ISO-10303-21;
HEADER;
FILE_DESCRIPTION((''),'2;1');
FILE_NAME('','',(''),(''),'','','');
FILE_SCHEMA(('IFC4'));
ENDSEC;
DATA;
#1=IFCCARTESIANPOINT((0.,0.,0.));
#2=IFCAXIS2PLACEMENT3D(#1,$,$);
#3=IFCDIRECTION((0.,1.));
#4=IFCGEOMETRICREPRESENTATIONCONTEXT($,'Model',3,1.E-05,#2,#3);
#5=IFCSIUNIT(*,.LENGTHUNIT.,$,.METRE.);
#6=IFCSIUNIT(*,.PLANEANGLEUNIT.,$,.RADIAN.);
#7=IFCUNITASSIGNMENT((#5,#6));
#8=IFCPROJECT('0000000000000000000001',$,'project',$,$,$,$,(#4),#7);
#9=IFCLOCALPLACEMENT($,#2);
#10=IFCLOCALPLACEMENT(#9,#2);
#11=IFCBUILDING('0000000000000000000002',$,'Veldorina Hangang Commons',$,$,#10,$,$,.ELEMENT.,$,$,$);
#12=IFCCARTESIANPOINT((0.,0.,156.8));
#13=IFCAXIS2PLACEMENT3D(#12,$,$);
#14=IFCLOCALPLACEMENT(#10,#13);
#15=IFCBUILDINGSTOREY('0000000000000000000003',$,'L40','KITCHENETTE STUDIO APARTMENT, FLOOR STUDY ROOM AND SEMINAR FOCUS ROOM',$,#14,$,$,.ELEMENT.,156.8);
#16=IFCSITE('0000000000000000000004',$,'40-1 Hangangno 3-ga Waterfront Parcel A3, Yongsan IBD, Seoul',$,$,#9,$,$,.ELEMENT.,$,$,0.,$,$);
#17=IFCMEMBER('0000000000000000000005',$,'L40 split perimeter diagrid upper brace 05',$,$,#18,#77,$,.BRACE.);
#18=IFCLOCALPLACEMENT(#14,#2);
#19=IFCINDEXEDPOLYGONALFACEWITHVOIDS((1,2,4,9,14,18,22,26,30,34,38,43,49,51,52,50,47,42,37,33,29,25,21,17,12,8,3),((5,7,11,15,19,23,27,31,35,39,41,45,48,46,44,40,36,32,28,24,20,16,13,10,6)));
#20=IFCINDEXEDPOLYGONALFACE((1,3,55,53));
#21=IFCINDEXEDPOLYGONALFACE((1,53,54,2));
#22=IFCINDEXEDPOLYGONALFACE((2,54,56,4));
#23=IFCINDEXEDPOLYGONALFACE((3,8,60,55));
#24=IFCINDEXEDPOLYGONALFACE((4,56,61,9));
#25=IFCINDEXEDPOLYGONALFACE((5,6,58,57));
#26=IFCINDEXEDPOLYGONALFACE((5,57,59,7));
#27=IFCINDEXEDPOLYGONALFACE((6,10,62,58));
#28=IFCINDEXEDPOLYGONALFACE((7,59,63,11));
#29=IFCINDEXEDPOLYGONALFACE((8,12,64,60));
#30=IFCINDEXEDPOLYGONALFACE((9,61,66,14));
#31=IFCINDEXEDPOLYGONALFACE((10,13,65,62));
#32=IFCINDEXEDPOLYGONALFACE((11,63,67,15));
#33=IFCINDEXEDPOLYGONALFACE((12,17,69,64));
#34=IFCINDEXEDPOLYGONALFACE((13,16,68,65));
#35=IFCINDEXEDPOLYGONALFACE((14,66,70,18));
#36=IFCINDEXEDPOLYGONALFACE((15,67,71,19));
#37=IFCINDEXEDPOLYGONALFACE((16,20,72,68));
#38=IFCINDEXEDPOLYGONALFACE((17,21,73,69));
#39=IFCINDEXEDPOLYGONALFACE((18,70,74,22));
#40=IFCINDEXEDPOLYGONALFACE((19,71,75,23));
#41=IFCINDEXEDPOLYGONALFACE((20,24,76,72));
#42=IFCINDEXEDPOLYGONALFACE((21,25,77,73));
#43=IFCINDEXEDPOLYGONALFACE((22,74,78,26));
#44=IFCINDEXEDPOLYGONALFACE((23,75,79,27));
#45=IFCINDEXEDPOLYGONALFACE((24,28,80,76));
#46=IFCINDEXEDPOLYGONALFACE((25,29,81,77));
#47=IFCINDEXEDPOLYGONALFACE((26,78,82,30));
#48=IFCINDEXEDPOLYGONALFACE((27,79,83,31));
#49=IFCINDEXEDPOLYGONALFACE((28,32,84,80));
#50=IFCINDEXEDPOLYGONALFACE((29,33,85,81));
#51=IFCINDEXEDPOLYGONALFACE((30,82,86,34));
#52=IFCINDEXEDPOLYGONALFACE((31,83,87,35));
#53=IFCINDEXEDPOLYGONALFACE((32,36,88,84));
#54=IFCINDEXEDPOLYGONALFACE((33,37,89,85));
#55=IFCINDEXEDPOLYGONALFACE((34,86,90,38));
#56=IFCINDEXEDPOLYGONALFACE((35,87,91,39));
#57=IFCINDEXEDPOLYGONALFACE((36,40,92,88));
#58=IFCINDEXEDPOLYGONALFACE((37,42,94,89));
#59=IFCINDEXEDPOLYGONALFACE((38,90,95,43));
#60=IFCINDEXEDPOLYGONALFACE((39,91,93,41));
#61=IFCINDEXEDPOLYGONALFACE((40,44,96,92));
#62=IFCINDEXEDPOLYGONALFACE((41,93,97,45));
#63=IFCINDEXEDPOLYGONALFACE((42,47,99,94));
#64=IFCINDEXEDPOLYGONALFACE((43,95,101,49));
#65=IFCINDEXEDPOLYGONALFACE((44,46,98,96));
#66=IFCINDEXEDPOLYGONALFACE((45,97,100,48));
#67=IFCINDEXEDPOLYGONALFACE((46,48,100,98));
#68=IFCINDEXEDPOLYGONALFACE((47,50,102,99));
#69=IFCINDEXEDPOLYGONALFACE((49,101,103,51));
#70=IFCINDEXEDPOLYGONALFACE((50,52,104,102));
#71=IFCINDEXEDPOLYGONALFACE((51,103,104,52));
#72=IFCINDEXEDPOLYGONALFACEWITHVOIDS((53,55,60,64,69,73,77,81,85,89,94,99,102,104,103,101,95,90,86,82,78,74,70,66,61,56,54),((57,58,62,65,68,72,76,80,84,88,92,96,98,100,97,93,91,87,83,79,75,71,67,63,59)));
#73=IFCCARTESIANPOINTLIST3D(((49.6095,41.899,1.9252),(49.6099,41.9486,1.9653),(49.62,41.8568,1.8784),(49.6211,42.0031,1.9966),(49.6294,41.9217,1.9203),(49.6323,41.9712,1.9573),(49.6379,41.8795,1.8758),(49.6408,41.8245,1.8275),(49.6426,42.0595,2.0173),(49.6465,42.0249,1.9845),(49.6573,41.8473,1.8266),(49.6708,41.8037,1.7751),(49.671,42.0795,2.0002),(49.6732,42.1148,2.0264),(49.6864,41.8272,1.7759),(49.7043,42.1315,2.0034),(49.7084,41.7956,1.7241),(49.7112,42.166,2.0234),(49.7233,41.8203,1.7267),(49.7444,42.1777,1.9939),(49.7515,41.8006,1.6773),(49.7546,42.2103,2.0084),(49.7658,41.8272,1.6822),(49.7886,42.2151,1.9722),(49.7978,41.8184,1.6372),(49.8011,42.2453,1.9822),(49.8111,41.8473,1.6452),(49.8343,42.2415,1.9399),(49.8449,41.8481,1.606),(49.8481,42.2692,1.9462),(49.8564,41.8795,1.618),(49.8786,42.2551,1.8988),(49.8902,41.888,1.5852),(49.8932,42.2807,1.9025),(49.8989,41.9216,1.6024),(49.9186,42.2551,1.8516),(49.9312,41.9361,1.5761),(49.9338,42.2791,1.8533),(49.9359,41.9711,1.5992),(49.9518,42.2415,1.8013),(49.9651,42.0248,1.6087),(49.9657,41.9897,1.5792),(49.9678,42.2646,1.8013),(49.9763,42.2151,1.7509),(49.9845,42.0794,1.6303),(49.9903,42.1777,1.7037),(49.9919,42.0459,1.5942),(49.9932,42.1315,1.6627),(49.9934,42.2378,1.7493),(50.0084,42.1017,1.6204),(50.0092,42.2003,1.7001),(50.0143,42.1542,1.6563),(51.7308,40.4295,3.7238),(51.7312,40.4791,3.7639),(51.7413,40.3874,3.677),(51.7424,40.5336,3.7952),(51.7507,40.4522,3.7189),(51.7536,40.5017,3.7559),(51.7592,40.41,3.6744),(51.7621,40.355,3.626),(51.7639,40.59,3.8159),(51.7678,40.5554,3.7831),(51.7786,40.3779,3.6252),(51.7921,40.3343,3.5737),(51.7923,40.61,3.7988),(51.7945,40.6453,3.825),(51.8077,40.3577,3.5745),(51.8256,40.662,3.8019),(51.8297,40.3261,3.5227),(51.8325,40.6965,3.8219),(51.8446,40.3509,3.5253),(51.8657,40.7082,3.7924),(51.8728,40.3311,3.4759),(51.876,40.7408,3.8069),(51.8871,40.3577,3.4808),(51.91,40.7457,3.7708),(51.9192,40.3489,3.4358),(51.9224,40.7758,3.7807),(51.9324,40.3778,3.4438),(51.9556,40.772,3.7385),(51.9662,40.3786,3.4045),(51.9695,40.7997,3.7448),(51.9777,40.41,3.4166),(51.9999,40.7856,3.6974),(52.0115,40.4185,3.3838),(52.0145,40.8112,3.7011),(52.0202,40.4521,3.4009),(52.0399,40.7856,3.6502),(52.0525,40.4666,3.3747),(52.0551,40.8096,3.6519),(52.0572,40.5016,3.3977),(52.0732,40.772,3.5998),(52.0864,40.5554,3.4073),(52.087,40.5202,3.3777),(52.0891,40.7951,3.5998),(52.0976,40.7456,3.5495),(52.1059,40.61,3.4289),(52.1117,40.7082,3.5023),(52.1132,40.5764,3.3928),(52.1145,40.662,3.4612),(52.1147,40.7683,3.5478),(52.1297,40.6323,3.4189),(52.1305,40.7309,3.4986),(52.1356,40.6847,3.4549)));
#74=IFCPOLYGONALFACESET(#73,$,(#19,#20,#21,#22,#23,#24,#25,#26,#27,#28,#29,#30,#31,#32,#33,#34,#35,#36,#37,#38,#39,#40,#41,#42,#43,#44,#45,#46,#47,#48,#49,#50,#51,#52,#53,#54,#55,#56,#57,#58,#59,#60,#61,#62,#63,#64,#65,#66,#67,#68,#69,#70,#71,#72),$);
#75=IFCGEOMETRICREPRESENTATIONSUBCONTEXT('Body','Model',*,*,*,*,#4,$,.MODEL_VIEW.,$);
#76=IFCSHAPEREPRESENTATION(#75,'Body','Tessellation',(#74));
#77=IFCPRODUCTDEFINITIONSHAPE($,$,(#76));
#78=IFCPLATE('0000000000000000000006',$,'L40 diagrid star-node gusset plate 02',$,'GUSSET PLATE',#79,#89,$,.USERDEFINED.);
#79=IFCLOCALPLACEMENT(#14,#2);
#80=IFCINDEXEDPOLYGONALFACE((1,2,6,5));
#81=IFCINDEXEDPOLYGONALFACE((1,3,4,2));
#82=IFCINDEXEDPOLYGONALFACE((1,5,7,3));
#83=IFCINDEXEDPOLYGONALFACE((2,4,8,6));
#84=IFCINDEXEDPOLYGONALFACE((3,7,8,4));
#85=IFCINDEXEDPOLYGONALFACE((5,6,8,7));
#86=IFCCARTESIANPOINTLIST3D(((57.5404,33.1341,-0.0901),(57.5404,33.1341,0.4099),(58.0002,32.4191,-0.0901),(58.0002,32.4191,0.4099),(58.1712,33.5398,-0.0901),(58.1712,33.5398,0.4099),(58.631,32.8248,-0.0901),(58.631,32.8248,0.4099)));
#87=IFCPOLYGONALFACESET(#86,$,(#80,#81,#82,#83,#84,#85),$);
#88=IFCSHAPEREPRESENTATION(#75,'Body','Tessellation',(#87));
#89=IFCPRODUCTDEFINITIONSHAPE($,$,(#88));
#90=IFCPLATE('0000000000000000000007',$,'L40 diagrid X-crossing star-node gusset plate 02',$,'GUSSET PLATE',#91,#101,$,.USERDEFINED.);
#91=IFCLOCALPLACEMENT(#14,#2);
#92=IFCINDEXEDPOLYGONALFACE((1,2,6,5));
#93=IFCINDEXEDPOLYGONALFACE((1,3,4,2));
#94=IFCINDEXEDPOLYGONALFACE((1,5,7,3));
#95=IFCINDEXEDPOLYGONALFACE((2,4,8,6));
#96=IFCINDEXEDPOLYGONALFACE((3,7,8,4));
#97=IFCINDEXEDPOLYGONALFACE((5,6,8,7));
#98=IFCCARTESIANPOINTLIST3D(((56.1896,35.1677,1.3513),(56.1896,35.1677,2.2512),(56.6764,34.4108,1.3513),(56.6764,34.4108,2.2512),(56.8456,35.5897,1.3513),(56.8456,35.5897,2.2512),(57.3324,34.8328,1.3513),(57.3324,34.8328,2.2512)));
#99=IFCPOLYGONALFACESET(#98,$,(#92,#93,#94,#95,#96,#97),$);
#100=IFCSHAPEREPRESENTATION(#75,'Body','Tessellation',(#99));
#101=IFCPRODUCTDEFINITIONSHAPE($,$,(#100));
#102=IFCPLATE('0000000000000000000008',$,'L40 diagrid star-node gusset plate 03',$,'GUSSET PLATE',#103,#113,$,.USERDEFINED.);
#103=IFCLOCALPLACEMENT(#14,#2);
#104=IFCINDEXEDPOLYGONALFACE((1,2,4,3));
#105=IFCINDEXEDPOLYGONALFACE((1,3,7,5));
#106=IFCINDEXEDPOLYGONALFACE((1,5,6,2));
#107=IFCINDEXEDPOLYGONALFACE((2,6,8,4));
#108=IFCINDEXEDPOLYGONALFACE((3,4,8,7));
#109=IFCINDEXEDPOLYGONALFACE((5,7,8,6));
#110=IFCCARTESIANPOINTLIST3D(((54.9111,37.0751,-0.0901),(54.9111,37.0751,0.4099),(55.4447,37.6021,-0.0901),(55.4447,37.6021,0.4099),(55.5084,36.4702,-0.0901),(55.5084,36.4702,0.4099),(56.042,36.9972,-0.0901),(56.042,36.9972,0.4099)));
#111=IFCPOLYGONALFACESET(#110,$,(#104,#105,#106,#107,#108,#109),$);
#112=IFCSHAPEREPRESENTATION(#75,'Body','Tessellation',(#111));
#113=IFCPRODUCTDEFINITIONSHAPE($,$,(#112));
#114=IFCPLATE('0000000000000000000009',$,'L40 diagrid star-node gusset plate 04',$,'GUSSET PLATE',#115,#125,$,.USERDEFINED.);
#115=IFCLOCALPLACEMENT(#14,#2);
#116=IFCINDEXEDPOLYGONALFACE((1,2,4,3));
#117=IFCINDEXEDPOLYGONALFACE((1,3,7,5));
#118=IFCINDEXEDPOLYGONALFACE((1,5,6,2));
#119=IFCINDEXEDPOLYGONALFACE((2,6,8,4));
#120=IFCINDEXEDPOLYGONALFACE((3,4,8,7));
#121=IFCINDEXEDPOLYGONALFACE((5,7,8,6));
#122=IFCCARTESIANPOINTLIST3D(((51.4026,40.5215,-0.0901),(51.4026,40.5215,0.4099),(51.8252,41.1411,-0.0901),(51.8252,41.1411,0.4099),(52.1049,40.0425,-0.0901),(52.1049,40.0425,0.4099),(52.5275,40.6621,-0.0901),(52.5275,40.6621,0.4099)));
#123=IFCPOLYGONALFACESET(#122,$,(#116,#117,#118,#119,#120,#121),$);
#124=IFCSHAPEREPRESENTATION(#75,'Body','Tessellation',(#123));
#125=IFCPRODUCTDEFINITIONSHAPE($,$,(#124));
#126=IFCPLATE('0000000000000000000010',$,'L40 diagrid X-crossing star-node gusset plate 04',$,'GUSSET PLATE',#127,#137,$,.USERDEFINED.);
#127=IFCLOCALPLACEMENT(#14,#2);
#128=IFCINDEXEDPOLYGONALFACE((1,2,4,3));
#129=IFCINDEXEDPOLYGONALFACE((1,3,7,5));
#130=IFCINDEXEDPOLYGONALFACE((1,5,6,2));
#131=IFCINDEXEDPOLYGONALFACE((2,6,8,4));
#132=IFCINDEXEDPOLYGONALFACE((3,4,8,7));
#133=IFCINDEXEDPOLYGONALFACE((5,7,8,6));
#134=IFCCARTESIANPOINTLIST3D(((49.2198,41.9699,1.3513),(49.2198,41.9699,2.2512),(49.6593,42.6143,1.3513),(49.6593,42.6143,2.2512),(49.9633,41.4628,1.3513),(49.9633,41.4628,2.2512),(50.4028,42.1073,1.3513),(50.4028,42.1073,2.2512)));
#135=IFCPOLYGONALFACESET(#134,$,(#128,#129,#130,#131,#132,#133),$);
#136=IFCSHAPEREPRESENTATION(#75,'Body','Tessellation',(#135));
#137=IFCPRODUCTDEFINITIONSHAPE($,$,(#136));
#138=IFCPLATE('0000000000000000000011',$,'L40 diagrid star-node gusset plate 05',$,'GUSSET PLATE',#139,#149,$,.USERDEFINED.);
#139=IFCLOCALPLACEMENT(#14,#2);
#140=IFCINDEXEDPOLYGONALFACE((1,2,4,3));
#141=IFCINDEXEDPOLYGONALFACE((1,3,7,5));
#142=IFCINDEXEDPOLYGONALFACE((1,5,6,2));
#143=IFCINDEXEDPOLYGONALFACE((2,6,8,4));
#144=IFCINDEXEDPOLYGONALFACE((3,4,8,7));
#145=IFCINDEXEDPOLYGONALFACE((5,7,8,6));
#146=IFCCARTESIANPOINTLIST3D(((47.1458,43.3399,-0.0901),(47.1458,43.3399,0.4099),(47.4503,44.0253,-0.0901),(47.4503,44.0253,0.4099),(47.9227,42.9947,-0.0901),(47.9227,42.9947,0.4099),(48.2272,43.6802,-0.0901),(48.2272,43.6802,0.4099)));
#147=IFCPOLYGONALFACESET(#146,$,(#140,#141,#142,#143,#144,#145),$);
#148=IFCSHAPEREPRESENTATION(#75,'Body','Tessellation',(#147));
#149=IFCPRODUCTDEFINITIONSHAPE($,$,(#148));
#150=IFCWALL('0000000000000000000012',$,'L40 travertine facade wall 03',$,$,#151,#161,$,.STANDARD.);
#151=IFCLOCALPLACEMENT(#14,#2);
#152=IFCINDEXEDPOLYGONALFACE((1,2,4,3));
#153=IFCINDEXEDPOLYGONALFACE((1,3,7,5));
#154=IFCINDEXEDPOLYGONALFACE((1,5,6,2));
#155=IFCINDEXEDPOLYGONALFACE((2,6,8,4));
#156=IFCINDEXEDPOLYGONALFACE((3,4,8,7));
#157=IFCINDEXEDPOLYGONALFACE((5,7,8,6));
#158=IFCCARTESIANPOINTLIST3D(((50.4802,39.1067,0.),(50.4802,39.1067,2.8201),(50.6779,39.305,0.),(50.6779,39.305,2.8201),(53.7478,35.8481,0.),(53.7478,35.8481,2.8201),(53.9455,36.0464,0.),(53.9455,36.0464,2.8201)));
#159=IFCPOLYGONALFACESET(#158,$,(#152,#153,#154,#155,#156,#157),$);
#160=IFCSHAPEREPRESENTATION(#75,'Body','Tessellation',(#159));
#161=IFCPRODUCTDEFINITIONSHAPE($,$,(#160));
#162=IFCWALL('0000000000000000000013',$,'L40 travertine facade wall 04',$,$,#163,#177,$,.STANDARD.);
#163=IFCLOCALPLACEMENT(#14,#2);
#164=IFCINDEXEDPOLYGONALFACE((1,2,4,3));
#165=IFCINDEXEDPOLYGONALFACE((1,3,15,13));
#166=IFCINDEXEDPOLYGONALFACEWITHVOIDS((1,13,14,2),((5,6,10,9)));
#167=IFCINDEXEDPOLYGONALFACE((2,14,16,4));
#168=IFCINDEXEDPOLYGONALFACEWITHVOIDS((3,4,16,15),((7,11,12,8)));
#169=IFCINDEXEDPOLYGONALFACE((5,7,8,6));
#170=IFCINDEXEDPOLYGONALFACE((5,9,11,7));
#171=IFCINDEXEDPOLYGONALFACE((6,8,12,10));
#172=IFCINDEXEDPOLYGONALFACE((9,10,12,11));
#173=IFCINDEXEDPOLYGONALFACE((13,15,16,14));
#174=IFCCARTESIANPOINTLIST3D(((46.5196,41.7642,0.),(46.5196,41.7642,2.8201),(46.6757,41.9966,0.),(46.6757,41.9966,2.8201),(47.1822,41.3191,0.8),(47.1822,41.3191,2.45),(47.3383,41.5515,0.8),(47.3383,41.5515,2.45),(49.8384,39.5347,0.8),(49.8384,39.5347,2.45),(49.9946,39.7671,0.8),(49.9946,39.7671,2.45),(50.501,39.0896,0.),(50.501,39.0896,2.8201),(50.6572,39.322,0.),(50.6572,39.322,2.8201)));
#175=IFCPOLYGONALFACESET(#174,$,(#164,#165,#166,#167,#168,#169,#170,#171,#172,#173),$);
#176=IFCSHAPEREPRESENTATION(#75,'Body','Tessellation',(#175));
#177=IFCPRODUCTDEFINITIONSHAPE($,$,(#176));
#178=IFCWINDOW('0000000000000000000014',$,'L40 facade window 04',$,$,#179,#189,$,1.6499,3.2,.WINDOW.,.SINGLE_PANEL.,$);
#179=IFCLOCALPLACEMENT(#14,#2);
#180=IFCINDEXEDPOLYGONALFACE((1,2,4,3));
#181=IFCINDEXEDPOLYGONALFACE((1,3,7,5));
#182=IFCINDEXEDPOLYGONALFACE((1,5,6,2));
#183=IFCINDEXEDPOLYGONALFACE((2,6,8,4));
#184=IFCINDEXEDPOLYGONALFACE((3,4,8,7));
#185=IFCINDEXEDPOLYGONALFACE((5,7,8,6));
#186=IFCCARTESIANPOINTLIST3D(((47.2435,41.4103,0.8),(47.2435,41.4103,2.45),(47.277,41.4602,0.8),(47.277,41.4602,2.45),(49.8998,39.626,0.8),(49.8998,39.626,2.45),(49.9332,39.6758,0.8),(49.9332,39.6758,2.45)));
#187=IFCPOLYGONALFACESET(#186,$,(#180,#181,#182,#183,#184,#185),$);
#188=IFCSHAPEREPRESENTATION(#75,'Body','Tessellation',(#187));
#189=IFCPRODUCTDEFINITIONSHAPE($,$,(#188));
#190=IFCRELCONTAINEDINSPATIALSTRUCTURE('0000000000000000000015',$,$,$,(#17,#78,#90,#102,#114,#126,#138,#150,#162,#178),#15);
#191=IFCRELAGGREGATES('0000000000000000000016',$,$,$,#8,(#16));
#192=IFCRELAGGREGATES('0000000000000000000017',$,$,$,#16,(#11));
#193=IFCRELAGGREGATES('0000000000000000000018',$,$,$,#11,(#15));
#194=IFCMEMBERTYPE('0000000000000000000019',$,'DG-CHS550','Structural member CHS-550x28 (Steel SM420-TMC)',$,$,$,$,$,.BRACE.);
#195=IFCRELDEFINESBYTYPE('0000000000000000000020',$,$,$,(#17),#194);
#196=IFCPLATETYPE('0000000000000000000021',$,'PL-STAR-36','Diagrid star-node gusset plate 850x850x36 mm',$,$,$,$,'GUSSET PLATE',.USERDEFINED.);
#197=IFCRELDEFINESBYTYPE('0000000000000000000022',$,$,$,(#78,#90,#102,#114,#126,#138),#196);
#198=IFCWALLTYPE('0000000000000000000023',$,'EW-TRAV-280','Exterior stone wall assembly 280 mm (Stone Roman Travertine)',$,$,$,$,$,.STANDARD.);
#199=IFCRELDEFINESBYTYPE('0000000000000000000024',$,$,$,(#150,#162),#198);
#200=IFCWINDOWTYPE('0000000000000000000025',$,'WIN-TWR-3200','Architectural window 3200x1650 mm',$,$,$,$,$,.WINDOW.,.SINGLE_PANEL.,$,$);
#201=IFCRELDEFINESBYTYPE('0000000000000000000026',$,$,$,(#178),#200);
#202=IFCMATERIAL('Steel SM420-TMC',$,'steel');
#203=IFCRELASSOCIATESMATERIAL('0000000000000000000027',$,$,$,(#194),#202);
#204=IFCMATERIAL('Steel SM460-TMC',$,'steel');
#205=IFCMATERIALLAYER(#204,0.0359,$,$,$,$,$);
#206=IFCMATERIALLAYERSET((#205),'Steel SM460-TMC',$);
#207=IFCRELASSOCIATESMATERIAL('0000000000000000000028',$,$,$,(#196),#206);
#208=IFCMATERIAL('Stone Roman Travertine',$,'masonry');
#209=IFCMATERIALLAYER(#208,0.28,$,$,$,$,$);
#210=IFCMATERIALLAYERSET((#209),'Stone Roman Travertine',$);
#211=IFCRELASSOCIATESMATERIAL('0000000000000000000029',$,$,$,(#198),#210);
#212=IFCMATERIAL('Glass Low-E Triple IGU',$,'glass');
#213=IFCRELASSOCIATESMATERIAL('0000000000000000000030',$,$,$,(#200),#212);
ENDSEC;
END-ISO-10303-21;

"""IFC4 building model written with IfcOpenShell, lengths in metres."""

from ifc_helpers import new_model, si_unit, direction, frame, frame_2d, origin, origin_2d, place, context, subcontext, project, spatial, rectangle, hollow_circle, extrude, material, layer, layer_set, material_profile, profile_set, type_object, element, fill, save


model = new_model("IFC4")

# Units and contexts
model_context = context("Model", 3, precision=1e-05, world=origin(), true_north=direction((0.0, 1.0)))
body_context = subcontext(model_context, "Body", "Model", "MODEL_VIEW")
ifc_project = project(units=[si_unit("LENGTHUNIT", "METRE"), si_unit("PLANEANGLEUNIT", "RADIAN")], contexts=[model_context])

# Site, building, storey
site_placement = place(None, origin())
site = spatial("IfcSite", under=ifc_project, at=site_placement, Name="40-1 Hangangno 3-ga Waterfront Parcel A3, Yongsan IBD, Seoul", CompositionType="ELEMENT", RefElevation=0.0)
building_placement = place(site_placement, origin())
building = spatial("IfcBuilding", under=site, at=building_placement, Name="Veldorina Hangang Commons", CompositionType="ELEMENT")
storey_placement = place(building_placement, frame((0.0, 0.0, 156.8)))
storey = spatial("IfcBuildingStorey", under=building, at=storey_placement, Name="L40", Description="KITCHENETTE STUDIO APARTMENT, FLOOR STUDY ROOM AND SEMINAR FOCUS ROOM", CompositionType="ELEMENT", Elevation=156.8)

# Shared definitions
ifc_material_1 = material(Name="Steel SM420-TMC", Category="steel")

# Member
ifc_material_profile_1 = material_profile(ifc_material_1, hollow_circle(Radius=0.2749, WallThickness=0.0281, at=origin_2d()), Name="CHS-550x28")
ifc_profile_set_1 = profile_set([ifc_material_profile_1], Name="Steel SM420-TMC")
member_type = type_object("IfcMemberType", Name="DG-CHS550", Description="Structural member CHS-550x28 (Steel SM420-TMC)", PredefinedType="BRACE", material=ifc_profile_set_1)
member_1_placement = place(storey_placement, frame((49.8113, 42.0386, 1.8013), z_axis=(0.674398, -0.467165, 0.57179), x_axis=(0.569436, 0.822035, 0.0)))
element("IfcMember", 1, at=member_1_placement, inside=storey, type_object=member_type, Name="L40 split perimeter diagrid upper brace 05", PredefinedType="BRACE", context=body_context, shape_type="SweptSolid", body=[
    extrude(hollow_circle(Radius=0.2749, WallThickness=0.0281, at=origin_2d()), origin(), (0.0, 0.0, 1.0), 3.1455),
])

# Plates
ifc_material_2 = material(Name="Steel SM460-TMC", Category="steel")
ifc_layer_1 = layer(ifc_material_2, 0.0359)
ifc_layer_set_1 = layer_set([ifc_layer_1], Name="Steel SM460-TMC")
plate_type = type_object("IfcPlateType", Name="PL-STAR-36", Description="Diagrid star-node gusset plate 850x850x36 mm", ElementType="GUSSET PLATE", PredefinedType="USERDEFINED", material=ifc_layer_set_1)
plate_1_placement = place(storey_placement, frame((58.0857, 32.9795, -0.0901), z_axis=(0.0, 0.0, 1.0), x_axis=(-0.54093, 0.841067, 0.0)))
element("IfcPlate", 2, at=plate_1_placement, inside=storey, type_object=plate_type, Name="L40 diagrid star-node gusset plate 02", ObjectType="GUSSET PLATE", PredefinedType="USERDEFINED", context=body_context, shape_type="SweptSolid", body=[
    extrude(rectangle(XDim=0.8501, YDim=0.75, at=origin_2d()), origin(), (0.0, 0.0, 1.0), 0.5),
])
plate_2_placement = place(storey_placement, frame((56.761, 35.0002, 1.3513), z_axis=(0.0, 0.0, 1.0), x_axis=(-0.54093, 0.841067, 0.0)))
element("IfcPlate", 3, at=plate_2_placement, inside=storey, type_object=plate_type, Name="L40 diagrid X-crossing star-node gusset plate 02", ObjectType="GUSSET PLATE", PredefinedType="USERDEFINED", context=body_context, shape_type="SweptSolid", body=[
    extrude(rectangle(XDim=0.8999, YDim=0.78, at=origin_2d()), origin(), (0.0, 0.0, 1.0), 0.8999),
])
for number, where, z_axis, x_axis, name in (
    (4, (55.4766, 37.0361, -0.0901), (0.0, 0.0, 1.0), (-0.702662, 0.711523, 0.0), "L40 diagrid star-node gusset plate 03"),
    (5, (51.9651, 40.5918, -0.0901), (0.0, 0.0, 1.0), (-0.826147, 0.563454, 0.0), "L40 diagrid star-node gusset plate 04"),
):
    element("IfcPlate", number, at=place(storey_placement, frame(where, z_axis=z_axis, x_axis=x_axis)), inside=storey, type_object=plate_type, Name=name, ObjectType="GUSSET PLATE", PredefinedType="USERDEFINED", context=body_context, shape_type="SweptSolid", body=[
        extrude(rectangle(XDim=0.8501, YDim=0.75, at=origin_2d()), origin(), (0.0, 0.0, 1.0), 0.5),
    ])
plate_3_placement = place(storey_placement, frame((49.8113, 42.0386, 1.3513), z_axis=(0.0, 0.0, 1.0), x_axis=(-0.826147, 0.563454, 0.0)))
element("IfcPlate", 6, at=plate_3_placement, inside=storey, type_object=plate_type, Name="L40 diagrid X-crossing star-node gusset plate 04", ObjectType="GUSSET PLATE", PredefinedType="USERDEFINED", context=body_context, shape_type="SweptSolid", body=[
    extrude(rectangle(XDim=0.8999, YDim=0.78, at=origin_2d()), origin(), (0.0, 0.0, 1.0), 0.8999),
])
plate_4_placement = place(storey_placement, frame((47.6865, 43.51, -0.0901), z_axis=(0.0, 0.0, 1.0), x_axis=(-0.913893, 0.405955, 0.0)))
element("IfcPlate", 7, at=plate_4_placement, inside=storey, type_object=plate_type, Name="L40 diagrid star-node gusset plate 05", ObjectType="GUSSET PLATE", PredefinedType="USERDEFINED", context=body_context, shape_type="SweptSolid", body=[
    extrude(rectangle(XDim=0.8501, YDim=0.75, at=origin_2d()), origin(), (0.0, 0.0, 1.0), 0.5),
])

# Wall
ifc_material_3 = material(Name="Stone Roman Travertine", Category="masonry")
ifc_layer_2 = layer(ifc_material_3, 0.28)
ifc_layer_set_2 = layer_set([ifc_layer_2], Name="Stone Roman Travertine")
wall_type_1 = type_object("IfcWallType", Name="EW-TRAV-280", Description="Exterior stone wall assembly 280 mm (Stone Roman Travertine)", PredefinedType="STANDARD", material=ifc_layer_set_2)
wall_1_placement = place(storey_placement, frame((53.8467, 35.9473, 0.0), z_axis=(0.0, 0.0, 1.0), x_axis=(-0.708085, 0.706127, 0.0)))
element("IfcWall", 8, at=wall_1_placement, inside=storey, type_object=wall_type_1, Name="L40 travertine facade wall 03", PredefinedType="STANDARD", context=body_context, shape_type="SweptSolid", body=[
    extrude(rectangle(XDim=4.6147, YDim=0.28, at=frame_2d((2.3074, 0.0))), origin(), (0.0, 0.0, 1.0), 2.8201),
])

# Wall, opening, window
wall_2_placement = place(storey_placement, frame((50.5791, 39.2058, 0.0), z_axis=(0.0, 0.0, 1.0), x_axis=(-0.830095, 0.557622, 0.0)))
wall_2 = element("IfcWall", 9, at=wall_2_placement, inside=storey, type_object=wall_type_1, Name="L40 travertine facade wall 04", PredefinedType="STANDARD", context=body_context, shape_type="SweptSolid", body=[
    extrude(rectangle(XDim=4.7964, YDim=0.28, at=frame_2d((2.3982, 0.0))), origin(), (0.0, 0.0, 1.0), 2.8201),
])
opening_1_placement = place(wall_2_placement, frame((0.7981, 0.0, 0.8)))
opening_1 = element("IfcOpeningElement", 10, at=opening_1_placement, cuts=wall_2, PredefinedType="OPENING", context=body_context, shape_type="SweptSolid", body=[
    extrude(rectangle(XDim=3.2, YDim=1.6499, at=frame_2d((1.6001, 0.825))), frame((0.0, 0.1499, 0.0), z_axis=(0.0, -1.0, 0.0), x_axis=(1.0, 0.0, 0.0)), (0.0, 0.0, 1.0), 0.3),
])
ifc_material_4 = material(Name="Glass Low-E Triple IGU", Category="glass")
window_type = type_object("IfcWindowType", Name="WIN-TWR-3200", Description="Architectural window 3200x1650 mm", PartitioningType="SINGLE_PANEL", PredefinedType="WINDOW", material=ifc_material_4)
window_placement = place(opening_1_placement, origin())
window = element("IfcWindow", 11, at=window_placement, inside=storey, type_object=window_type, Name="L40 facade window 04", OverallHeight=1.6499, OverallWidth=3.2, PartitioningType="SINGLE_PANEL", PredefinedType="WINDOW", context=body_context, shape_type="SweptSolid", body=[
    extrude(rectangle(XDim=3.2, YDim=1.6499, at=frame_2d((1.6001, 0.825))), frame((0.0, 0.03, 0.0), z_axis=(0.0, -1.0, 0.0), x_axis=(1.0, 0.0, 0.0)), (0.0, 0.0, 1.0), 0.0601),
])
fill(opening_1, window)

save(model, "model.ifc")
